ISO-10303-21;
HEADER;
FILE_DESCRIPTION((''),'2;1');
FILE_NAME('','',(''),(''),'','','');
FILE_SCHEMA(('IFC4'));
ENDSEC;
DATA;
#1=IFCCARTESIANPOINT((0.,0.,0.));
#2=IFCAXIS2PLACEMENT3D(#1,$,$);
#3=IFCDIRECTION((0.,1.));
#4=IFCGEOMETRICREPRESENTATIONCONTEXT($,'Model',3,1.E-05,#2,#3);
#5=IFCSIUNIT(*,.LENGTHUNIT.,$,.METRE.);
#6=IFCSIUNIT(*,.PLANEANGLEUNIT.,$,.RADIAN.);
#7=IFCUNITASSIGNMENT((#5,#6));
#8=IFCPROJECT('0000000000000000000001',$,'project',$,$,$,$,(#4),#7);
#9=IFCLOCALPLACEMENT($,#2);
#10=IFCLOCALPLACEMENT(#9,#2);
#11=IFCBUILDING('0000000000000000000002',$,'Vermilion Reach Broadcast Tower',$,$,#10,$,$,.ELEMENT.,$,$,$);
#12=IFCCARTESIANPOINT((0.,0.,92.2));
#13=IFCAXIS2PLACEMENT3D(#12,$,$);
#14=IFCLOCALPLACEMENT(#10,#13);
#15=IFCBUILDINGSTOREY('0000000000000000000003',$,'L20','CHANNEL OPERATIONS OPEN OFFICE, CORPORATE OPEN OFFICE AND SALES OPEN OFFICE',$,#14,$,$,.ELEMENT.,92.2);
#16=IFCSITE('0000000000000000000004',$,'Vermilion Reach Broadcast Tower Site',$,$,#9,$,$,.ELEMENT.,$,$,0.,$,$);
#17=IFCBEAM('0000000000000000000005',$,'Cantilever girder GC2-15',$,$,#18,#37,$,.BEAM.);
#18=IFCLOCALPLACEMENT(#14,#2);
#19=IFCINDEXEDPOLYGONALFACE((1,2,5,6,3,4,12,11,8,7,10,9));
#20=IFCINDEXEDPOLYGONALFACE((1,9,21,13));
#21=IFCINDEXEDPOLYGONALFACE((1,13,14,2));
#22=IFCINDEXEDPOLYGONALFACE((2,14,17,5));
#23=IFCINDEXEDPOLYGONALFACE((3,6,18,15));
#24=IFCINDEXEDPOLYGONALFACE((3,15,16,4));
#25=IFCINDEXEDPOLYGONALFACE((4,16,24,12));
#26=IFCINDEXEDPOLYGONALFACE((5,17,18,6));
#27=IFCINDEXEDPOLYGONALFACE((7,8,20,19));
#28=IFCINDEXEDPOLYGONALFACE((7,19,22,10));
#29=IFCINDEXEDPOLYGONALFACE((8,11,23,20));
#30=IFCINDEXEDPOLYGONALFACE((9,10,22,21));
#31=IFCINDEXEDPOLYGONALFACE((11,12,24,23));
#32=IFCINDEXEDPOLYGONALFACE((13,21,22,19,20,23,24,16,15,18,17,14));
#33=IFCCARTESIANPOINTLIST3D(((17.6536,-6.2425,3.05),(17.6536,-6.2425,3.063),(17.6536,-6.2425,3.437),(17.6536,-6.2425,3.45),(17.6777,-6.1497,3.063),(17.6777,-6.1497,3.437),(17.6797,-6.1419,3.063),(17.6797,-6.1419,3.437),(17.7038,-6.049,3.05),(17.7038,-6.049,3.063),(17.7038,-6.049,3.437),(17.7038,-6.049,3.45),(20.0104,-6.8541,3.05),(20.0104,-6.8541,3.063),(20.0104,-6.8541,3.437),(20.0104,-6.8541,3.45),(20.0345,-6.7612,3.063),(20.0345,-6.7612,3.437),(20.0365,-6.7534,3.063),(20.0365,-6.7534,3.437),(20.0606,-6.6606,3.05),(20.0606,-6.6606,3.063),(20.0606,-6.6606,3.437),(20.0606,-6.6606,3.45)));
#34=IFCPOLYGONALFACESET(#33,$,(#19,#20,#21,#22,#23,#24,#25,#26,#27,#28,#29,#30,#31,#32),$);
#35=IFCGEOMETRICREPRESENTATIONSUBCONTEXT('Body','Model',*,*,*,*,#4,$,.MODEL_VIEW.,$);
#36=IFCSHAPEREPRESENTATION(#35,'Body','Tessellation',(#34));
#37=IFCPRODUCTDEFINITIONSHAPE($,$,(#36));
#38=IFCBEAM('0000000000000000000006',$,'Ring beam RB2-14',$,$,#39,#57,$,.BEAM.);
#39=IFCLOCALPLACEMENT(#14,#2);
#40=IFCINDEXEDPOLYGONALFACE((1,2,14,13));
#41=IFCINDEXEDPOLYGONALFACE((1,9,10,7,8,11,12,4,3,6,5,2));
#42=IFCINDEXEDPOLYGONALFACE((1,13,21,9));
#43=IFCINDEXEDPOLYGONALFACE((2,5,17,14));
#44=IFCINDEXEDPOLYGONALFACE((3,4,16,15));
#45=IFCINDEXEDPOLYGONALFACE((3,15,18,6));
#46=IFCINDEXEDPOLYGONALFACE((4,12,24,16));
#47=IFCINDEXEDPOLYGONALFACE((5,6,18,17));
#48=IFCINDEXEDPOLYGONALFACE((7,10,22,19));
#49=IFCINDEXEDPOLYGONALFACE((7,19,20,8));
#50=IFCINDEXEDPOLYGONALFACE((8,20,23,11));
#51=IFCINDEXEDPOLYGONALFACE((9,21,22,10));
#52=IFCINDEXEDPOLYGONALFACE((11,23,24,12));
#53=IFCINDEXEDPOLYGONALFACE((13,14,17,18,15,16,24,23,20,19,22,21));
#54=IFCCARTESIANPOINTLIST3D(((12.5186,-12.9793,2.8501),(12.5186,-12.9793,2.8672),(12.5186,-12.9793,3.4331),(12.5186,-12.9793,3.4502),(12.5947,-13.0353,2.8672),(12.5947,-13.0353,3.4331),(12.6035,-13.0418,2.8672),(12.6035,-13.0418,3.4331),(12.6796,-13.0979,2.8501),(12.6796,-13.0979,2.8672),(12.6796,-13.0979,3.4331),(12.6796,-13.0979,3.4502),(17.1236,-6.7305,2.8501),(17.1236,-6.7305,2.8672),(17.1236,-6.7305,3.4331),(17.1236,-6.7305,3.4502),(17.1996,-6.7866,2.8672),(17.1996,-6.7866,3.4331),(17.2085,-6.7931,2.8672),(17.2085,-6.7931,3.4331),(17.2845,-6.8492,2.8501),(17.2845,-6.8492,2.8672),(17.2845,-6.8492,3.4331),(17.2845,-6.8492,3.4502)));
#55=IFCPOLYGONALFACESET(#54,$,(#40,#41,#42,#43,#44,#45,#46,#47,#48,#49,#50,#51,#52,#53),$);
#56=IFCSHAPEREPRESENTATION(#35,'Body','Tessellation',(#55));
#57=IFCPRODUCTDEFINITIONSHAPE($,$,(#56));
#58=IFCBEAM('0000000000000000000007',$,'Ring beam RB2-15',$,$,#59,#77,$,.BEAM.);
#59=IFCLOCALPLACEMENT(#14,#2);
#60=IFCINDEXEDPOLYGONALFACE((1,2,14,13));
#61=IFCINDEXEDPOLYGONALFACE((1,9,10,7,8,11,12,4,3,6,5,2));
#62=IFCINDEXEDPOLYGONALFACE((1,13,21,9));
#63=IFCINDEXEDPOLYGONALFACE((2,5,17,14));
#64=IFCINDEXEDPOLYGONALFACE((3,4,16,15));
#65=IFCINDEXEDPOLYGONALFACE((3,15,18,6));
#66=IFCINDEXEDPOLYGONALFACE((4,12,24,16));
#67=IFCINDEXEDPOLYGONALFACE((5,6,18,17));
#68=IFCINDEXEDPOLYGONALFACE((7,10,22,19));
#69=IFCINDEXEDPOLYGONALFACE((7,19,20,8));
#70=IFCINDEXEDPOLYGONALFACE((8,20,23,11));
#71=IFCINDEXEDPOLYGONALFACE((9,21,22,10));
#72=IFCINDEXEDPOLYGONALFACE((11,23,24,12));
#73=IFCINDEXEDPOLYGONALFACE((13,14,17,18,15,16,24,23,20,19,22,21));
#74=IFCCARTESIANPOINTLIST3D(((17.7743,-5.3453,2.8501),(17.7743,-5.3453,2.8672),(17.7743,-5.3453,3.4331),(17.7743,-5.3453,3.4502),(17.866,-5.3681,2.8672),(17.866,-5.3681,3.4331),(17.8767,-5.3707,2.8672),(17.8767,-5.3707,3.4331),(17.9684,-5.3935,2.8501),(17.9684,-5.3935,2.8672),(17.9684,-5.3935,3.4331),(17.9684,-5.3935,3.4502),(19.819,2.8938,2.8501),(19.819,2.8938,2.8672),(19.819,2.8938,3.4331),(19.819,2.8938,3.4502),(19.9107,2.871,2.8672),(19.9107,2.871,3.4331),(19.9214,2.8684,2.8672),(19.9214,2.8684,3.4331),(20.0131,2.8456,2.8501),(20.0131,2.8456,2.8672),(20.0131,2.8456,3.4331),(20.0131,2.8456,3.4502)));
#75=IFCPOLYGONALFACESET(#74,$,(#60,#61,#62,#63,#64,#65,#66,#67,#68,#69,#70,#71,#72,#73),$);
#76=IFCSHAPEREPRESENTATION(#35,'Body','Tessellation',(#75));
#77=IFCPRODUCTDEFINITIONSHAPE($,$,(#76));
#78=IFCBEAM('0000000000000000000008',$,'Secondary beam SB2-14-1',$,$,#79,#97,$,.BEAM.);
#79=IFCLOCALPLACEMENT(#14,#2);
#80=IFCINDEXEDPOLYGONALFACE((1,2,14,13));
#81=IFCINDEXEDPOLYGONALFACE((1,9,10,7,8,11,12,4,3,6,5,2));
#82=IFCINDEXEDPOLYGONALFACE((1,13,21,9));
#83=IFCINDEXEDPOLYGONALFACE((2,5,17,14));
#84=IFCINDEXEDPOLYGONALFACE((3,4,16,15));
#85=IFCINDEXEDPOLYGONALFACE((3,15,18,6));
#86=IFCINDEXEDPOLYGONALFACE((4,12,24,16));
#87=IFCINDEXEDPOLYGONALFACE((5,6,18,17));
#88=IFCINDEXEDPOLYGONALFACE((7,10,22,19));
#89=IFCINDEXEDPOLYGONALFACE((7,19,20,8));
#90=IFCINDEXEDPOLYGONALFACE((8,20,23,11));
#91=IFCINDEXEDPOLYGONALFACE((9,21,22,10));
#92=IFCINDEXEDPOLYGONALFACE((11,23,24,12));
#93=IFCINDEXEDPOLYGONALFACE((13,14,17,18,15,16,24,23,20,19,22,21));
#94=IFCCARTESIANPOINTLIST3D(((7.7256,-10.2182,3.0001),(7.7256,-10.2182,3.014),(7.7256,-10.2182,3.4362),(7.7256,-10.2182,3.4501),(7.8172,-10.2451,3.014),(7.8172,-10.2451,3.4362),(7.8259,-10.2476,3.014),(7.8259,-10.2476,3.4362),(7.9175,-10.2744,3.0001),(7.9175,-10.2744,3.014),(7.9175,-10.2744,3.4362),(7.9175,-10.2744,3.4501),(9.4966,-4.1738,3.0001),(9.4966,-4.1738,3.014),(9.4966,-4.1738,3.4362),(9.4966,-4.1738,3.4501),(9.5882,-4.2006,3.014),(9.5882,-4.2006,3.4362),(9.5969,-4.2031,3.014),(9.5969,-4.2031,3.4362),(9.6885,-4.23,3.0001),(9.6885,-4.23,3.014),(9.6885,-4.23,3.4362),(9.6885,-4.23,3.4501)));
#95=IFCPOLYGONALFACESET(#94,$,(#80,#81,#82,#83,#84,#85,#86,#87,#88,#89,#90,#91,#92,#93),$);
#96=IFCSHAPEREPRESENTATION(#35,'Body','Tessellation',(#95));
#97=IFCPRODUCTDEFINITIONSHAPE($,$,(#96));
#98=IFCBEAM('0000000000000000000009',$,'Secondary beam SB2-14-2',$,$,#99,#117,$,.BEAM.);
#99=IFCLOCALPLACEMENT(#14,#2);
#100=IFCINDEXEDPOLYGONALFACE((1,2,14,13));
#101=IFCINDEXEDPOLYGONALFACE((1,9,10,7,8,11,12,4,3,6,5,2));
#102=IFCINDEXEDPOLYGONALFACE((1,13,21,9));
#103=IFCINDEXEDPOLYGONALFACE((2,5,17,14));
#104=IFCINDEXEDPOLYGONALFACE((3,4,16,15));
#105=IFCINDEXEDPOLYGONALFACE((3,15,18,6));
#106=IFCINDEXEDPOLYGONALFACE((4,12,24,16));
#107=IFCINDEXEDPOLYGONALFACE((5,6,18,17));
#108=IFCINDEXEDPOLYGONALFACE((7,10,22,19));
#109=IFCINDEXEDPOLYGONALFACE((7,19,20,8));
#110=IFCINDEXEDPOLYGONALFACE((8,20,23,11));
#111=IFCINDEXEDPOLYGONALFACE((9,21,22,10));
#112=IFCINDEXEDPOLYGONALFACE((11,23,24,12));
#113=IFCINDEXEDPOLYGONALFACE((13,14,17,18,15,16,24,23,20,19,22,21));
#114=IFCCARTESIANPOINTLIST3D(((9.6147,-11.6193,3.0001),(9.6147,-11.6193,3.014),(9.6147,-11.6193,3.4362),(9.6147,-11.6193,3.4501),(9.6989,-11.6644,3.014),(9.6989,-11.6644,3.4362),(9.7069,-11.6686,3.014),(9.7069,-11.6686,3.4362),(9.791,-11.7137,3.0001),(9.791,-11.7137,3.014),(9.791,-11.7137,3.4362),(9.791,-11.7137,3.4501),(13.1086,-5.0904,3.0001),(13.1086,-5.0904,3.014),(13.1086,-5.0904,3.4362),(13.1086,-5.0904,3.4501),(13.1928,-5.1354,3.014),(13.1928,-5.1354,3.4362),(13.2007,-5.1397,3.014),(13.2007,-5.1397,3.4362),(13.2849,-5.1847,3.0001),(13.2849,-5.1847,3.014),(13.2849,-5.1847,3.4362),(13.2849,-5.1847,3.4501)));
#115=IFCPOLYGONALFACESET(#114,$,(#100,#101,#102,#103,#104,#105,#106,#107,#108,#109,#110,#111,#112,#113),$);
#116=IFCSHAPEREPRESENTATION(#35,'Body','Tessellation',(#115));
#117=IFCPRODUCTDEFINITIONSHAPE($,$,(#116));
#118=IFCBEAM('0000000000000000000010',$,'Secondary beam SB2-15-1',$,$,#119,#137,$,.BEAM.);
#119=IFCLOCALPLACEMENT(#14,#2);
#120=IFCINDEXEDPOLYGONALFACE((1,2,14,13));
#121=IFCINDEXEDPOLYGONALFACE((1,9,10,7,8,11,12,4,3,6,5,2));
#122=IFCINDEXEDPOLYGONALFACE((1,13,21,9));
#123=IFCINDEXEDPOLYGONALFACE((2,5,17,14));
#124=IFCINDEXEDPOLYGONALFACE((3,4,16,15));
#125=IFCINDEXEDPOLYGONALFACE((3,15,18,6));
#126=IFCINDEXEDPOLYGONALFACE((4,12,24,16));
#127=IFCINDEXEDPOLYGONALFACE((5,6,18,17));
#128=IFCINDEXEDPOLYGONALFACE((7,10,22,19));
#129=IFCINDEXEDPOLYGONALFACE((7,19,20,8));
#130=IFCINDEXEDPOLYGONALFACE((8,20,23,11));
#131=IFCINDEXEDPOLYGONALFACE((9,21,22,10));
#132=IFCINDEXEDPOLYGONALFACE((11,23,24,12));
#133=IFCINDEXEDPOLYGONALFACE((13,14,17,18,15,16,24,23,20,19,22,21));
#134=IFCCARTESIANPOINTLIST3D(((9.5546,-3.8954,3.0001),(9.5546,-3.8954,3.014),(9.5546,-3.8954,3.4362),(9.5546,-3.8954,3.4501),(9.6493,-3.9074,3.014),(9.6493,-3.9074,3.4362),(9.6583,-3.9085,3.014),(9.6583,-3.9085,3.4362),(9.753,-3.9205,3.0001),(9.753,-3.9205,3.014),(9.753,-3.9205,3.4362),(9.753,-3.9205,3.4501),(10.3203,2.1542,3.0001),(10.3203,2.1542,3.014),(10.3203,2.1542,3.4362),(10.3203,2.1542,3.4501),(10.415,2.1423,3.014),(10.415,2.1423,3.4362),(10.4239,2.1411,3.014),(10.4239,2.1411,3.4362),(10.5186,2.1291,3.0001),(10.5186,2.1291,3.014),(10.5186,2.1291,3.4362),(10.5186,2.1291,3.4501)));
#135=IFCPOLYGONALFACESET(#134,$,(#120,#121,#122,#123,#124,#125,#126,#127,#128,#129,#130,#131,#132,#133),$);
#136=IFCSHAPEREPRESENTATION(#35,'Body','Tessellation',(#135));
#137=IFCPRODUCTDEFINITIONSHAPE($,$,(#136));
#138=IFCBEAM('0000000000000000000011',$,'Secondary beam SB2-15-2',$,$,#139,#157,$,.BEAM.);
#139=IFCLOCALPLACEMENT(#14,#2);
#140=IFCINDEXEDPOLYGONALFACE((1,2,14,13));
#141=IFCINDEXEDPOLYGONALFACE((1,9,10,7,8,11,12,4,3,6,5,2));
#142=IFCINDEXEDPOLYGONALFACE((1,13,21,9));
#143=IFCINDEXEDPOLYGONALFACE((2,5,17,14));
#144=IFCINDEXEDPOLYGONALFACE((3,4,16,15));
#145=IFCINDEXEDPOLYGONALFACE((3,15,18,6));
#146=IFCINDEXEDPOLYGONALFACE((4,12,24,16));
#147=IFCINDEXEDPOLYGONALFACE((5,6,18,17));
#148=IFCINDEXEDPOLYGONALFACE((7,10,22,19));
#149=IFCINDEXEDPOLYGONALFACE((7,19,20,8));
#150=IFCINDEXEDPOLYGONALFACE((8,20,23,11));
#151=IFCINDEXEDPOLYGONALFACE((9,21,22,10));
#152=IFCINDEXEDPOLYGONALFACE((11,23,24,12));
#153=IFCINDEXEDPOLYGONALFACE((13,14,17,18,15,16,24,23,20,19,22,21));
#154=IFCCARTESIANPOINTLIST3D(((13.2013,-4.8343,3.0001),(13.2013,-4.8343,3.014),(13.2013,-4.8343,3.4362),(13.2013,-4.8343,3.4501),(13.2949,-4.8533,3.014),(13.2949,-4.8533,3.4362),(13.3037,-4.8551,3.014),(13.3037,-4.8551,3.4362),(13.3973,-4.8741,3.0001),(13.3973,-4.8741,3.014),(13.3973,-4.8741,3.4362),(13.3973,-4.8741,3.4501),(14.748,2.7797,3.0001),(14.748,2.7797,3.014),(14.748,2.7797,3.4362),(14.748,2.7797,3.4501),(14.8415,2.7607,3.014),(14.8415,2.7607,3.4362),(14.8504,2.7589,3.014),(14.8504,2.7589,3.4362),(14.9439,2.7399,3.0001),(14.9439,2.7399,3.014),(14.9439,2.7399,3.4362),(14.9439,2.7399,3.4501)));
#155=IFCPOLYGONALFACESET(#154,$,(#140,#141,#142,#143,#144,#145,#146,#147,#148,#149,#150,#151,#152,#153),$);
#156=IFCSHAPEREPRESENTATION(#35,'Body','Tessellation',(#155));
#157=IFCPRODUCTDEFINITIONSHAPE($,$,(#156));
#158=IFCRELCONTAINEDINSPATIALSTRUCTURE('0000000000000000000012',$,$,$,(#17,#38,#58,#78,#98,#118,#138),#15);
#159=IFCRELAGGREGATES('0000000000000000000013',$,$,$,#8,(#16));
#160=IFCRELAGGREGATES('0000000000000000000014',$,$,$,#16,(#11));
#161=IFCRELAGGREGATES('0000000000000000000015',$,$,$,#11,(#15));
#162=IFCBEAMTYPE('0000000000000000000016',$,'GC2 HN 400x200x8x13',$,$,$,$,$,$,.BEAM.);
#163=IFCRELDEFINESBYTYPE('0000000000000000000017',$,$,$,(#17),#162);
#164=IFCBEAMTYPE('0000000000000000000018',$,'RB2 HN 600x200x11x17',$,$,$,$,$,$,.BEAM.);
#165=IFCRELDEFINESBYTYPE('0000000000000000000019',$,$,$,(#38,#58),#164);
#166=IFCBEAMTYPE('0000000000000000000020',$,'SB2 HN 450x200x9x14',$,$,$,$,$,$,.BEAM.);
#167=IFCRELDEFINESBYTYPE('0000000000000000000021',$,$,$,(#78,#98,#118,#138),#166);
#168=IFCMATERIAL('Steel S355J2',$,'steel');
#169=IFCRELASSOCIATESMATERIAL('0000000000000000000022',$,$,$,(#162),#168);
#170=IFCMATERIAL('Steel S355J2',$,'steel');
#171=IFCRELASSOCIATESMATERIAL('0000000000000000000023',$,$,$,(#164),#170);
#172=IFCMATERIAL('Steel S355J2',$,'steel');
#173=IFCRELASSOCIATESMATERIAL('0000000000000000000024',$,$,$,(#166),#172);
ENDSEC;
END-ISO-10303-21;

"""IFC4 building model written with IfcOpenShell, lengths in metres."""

from ifc_helpers import new_model, si_unit, direction, frame, origin, origin_2d, place, context, subcontext, project, spatial, i_section, extrude, material, material_profile, profile_set, type_object, element, save


model = new_model("IFC4")

# Units and contexts
model_context = context("Model", 3, precision=1e-05, world=origin(), true_north=direction((0.0, 1.0)))
body_context = subcontext(model_context, "Body", "Model", "MODEL_VIEW")
ifc_project = project(units=[si_unit("LENGTHUNIT", "METRE"), si_unit("PLANEANGLEUNIT", "RADIAN")], contexts=[model_context])

# Site, building, storey
site_placement = place(None, origin())
site = spatial("IfcSite", under=ifc_project, at=site_placement, Name="Vermilion Reach Broadcast Tower Site", CompositionType="ELEMENT", RefElevation=0.0)
building_placement = place(site_placement, origin())
building = spatial("IfcBuilding", under=site, at=building_placement, Name="Vermilion Reach Broadcast Tower", CompositionType="ELEMENT")
storey_placement = place(building_placement, frame((0.0, 0.0, 92.2)))
storey = spatial("IfcBuildingStorey", under=building, at=storey_placement, Name="L20", Description="CHANNEL OPERATIONS OPEN OFFICE, CORPORATE OPEN OFFICE AND SALES OPEN OFFICE", CompositionType="ELEMENT", Elevation=92.2)

# Beams
ifc_material_1 = material(Name="Steel S355J2", Category="steel")
ifc_material_profile_1 = material_profile(ifc_material_1, i_section(OverallWidth=0.2, OverallDepth=0.3999, WebThickness=0.0081, FlangeThickness=0.0129, at=origin_2d()), Name="S355J2 HN 400x200x8x13")
ifc_profile_set_1 = profile_set([ifc_material_profile_1], Name="Steel S355J2")
beam_type_1 = type_object("IfcBeamType", Name="GC2 HN 400x200x8x13", PredefinedType="BEAM", material=ifc_profile_set_1)
beam_1_placement = place(storey_placement, frame((17.6787, -6.1458, 3.25), z_axis=(0.967939, -0.251185, 0.0), x_axis=(0.251185, 0.967939, 0.0)))
element("IfcBeam", 1, at=beam_1_placement, inside=storey, type_object=beam_type_1, Name="Cantilever girder GC2-15", PredefinedType="BEAM", context=body_context, shape_type="SweptSolid", body=[
    extrude(i_section(OverallWidth=0.2, OverallDepth=0.3999, WebThickness=0.0081, FlangeThickness=0.0129, at=origin_2d()), origin(), (0.0, 0.0, 1.0), 2.4348),
])
ifc_material_2 = material(Name="Steel S355J2", Category="steel")
ifc_material_profile_2 = material_profile(ifc_material_2, i_section(OverallWidth=0.2, OverallDepth=0.6001, WebThickness=0.011, FlangeThickness=0.0171, at=origin_2d()), Name="S355J2 HN 600x200x11x17")
ifc_profile_set_2 = profile_set([ifc_material_profile_2], Name="Steel S355J2")
beam_type_2 = type_object("IfcBeamType", Name="RB2 HN 600x200x11x17", PredefinedType="BEAM", material=ifc_profile_set_2)
beam_2_placement = place(storey_placement, frame((12.5991, -13.0386, 3.1501), z_axis=(0.593251, 0.805018, 0.0), x_axis=(-0.805018, 0.593251, 0.0)))
element("IfcBeam", 2, at=beam_2_placement, inside=storey, type_object=beam_type_2, Name="Ring beam RB2-14", PredefinedType="BEAM", context=body_context, shape_type="SweptSolid", body=[
    extrude(i_section(OverallWidth=0.2, OverallDepth=0.6001, WebThickness=0.011, FlangeThickness=0.0171, at=origin_2d()), origin(), (0.0, 0.0, 1.0), 7.7622),
])
beam_3_placement = place(storey_placement, frame((17.8713, -5.3694, 3.1501), z_axis=(0.240864, 0.970559, 0.0), x_axis=(-0.970559, 0.240864, 0.0)))
element("IfcBeam", 3, at=beam_3_placement, inside=storey, type_object=beam_type_2, Name="Ring beam RB2-15", PredefinedType="BEAM", context=body_context, shape_type="SweptSolid", body=[
    extrude(i_section(OverallWidth=0.2, OverallDepth=0.6001, WebThickness=0.011, FlangeThickness=0.0171, at=origin_2d()), origin(), (0.0, 0.0, 1.0), 8.489),
])
ifc_material_3 = material(Name="Steel S355J2", Category="steel")
ifc_material_profile_3 = material_profile(ifc_material_3, i_section(OverallWidth=0.2, OverallDepth=0.45, WebThickness=0.009, FlangeThickness=0.0139, at=origin_2d()), Name="S355J2 HN 450x200x9x14")
ifc_profile_set_3 = profile_set([ifc_material_profile_3], Name="Steel S355J2")
beam_type_3 = type_object("IfcBeamType", Name="SB2 HN 450x200x9x14", PredefinedType="BEAM", material=ifc_profile_set_3)
beam_4_placement = place(storey_placement, frame((7.8215, -10.2463, 3.2251), z_axis=(0.281176, 0.959656, 0.0), x_axis=(-0.959656, 0.281176, 0.0)))
element("IfcBeam", 4, at=beam_4_placement, inside=storey, type_object=beam_type_3, Name="Secondary beam SB2-14-1", PredefinedType="BEAM", context=body_context, shape_type="SweptSolid", body=[
    extrude(i_section(OverallWidth=0.2, OverallDepth=0.45, WebThickness=0.009, FlangeThickness=0.0139, at=origin_2d()), origin(), (0.0, 0.0, 1.0), 6.2986),
])
beam_5_placement = place(storey_placement, frame((9.7029, -11.6665, 3.2251), z_axis=(0.471822, 0.881694, 0.0), x_axis=(-0.881694, 0.471822, 0.0)))
element("IfcBeam", 5, at=beam_5_placement, inside=storey, type_object=beam_type_3, Name="Secondary beam SB2-14-2", PredefinedType="BEAM", context=body_context, shape_type="SweptSolid", body=[
    extrude(i_section(OverallWidth=0.2, OverallDepth=0.45, WebThickness=0.009, FlangeThickness=0.0139, at=origin_2d()), origin(), (0.0, 0.0, 1.0), 7.405),
])
beam_6_placement = place(storey_placement, frame((9.6538, -3.908, 3.2251), z_axis=(0.125557, 0.992086, 0.0), x_axis=(-0.992086, 0.125557, 0.0)))
element("IfcBeam", 6, at=beam_6_placement, inside=storey, type_object=beam_type_3, Name="Secondary beam SB2-15-1", PredefinedType="BEAM", context=body_context, shape_type="SweptSolid", body=[
    extrude(i_section(OverallWidth=0.2, OverallDepth=0.45, WebThickness=0.009, FlangeThickness=0.0139, at=origin_2d()), origin(), (0.0, 0.0, 1.0), 6.0979),
])
beam_7_placement = place(storey_placement, frame((13.2993, -4.8542, 3.2251), z_axis=(0.199064, 0.979986, 0.0), x_axis=(-0.979986, 0.199064, 0.0)))
element("IfcBeam", 7, at=beam_7_placement, inside=storey, type_object=beam_type_3, Name="Secondary beam SB2-15-2", PredefinedType="BEAM", context=body_context, shape_type="SweptSolid", body=[
    extrude(i_section(OverallWidth=0.2, OverallDepth=0.45, WebThickness=0.009, FlangeThickness=0.0139, at=origin_2d()), origin(), (0.0, 0.0, 1.0), 7.7695),
])

save(model, "model.ifc")
